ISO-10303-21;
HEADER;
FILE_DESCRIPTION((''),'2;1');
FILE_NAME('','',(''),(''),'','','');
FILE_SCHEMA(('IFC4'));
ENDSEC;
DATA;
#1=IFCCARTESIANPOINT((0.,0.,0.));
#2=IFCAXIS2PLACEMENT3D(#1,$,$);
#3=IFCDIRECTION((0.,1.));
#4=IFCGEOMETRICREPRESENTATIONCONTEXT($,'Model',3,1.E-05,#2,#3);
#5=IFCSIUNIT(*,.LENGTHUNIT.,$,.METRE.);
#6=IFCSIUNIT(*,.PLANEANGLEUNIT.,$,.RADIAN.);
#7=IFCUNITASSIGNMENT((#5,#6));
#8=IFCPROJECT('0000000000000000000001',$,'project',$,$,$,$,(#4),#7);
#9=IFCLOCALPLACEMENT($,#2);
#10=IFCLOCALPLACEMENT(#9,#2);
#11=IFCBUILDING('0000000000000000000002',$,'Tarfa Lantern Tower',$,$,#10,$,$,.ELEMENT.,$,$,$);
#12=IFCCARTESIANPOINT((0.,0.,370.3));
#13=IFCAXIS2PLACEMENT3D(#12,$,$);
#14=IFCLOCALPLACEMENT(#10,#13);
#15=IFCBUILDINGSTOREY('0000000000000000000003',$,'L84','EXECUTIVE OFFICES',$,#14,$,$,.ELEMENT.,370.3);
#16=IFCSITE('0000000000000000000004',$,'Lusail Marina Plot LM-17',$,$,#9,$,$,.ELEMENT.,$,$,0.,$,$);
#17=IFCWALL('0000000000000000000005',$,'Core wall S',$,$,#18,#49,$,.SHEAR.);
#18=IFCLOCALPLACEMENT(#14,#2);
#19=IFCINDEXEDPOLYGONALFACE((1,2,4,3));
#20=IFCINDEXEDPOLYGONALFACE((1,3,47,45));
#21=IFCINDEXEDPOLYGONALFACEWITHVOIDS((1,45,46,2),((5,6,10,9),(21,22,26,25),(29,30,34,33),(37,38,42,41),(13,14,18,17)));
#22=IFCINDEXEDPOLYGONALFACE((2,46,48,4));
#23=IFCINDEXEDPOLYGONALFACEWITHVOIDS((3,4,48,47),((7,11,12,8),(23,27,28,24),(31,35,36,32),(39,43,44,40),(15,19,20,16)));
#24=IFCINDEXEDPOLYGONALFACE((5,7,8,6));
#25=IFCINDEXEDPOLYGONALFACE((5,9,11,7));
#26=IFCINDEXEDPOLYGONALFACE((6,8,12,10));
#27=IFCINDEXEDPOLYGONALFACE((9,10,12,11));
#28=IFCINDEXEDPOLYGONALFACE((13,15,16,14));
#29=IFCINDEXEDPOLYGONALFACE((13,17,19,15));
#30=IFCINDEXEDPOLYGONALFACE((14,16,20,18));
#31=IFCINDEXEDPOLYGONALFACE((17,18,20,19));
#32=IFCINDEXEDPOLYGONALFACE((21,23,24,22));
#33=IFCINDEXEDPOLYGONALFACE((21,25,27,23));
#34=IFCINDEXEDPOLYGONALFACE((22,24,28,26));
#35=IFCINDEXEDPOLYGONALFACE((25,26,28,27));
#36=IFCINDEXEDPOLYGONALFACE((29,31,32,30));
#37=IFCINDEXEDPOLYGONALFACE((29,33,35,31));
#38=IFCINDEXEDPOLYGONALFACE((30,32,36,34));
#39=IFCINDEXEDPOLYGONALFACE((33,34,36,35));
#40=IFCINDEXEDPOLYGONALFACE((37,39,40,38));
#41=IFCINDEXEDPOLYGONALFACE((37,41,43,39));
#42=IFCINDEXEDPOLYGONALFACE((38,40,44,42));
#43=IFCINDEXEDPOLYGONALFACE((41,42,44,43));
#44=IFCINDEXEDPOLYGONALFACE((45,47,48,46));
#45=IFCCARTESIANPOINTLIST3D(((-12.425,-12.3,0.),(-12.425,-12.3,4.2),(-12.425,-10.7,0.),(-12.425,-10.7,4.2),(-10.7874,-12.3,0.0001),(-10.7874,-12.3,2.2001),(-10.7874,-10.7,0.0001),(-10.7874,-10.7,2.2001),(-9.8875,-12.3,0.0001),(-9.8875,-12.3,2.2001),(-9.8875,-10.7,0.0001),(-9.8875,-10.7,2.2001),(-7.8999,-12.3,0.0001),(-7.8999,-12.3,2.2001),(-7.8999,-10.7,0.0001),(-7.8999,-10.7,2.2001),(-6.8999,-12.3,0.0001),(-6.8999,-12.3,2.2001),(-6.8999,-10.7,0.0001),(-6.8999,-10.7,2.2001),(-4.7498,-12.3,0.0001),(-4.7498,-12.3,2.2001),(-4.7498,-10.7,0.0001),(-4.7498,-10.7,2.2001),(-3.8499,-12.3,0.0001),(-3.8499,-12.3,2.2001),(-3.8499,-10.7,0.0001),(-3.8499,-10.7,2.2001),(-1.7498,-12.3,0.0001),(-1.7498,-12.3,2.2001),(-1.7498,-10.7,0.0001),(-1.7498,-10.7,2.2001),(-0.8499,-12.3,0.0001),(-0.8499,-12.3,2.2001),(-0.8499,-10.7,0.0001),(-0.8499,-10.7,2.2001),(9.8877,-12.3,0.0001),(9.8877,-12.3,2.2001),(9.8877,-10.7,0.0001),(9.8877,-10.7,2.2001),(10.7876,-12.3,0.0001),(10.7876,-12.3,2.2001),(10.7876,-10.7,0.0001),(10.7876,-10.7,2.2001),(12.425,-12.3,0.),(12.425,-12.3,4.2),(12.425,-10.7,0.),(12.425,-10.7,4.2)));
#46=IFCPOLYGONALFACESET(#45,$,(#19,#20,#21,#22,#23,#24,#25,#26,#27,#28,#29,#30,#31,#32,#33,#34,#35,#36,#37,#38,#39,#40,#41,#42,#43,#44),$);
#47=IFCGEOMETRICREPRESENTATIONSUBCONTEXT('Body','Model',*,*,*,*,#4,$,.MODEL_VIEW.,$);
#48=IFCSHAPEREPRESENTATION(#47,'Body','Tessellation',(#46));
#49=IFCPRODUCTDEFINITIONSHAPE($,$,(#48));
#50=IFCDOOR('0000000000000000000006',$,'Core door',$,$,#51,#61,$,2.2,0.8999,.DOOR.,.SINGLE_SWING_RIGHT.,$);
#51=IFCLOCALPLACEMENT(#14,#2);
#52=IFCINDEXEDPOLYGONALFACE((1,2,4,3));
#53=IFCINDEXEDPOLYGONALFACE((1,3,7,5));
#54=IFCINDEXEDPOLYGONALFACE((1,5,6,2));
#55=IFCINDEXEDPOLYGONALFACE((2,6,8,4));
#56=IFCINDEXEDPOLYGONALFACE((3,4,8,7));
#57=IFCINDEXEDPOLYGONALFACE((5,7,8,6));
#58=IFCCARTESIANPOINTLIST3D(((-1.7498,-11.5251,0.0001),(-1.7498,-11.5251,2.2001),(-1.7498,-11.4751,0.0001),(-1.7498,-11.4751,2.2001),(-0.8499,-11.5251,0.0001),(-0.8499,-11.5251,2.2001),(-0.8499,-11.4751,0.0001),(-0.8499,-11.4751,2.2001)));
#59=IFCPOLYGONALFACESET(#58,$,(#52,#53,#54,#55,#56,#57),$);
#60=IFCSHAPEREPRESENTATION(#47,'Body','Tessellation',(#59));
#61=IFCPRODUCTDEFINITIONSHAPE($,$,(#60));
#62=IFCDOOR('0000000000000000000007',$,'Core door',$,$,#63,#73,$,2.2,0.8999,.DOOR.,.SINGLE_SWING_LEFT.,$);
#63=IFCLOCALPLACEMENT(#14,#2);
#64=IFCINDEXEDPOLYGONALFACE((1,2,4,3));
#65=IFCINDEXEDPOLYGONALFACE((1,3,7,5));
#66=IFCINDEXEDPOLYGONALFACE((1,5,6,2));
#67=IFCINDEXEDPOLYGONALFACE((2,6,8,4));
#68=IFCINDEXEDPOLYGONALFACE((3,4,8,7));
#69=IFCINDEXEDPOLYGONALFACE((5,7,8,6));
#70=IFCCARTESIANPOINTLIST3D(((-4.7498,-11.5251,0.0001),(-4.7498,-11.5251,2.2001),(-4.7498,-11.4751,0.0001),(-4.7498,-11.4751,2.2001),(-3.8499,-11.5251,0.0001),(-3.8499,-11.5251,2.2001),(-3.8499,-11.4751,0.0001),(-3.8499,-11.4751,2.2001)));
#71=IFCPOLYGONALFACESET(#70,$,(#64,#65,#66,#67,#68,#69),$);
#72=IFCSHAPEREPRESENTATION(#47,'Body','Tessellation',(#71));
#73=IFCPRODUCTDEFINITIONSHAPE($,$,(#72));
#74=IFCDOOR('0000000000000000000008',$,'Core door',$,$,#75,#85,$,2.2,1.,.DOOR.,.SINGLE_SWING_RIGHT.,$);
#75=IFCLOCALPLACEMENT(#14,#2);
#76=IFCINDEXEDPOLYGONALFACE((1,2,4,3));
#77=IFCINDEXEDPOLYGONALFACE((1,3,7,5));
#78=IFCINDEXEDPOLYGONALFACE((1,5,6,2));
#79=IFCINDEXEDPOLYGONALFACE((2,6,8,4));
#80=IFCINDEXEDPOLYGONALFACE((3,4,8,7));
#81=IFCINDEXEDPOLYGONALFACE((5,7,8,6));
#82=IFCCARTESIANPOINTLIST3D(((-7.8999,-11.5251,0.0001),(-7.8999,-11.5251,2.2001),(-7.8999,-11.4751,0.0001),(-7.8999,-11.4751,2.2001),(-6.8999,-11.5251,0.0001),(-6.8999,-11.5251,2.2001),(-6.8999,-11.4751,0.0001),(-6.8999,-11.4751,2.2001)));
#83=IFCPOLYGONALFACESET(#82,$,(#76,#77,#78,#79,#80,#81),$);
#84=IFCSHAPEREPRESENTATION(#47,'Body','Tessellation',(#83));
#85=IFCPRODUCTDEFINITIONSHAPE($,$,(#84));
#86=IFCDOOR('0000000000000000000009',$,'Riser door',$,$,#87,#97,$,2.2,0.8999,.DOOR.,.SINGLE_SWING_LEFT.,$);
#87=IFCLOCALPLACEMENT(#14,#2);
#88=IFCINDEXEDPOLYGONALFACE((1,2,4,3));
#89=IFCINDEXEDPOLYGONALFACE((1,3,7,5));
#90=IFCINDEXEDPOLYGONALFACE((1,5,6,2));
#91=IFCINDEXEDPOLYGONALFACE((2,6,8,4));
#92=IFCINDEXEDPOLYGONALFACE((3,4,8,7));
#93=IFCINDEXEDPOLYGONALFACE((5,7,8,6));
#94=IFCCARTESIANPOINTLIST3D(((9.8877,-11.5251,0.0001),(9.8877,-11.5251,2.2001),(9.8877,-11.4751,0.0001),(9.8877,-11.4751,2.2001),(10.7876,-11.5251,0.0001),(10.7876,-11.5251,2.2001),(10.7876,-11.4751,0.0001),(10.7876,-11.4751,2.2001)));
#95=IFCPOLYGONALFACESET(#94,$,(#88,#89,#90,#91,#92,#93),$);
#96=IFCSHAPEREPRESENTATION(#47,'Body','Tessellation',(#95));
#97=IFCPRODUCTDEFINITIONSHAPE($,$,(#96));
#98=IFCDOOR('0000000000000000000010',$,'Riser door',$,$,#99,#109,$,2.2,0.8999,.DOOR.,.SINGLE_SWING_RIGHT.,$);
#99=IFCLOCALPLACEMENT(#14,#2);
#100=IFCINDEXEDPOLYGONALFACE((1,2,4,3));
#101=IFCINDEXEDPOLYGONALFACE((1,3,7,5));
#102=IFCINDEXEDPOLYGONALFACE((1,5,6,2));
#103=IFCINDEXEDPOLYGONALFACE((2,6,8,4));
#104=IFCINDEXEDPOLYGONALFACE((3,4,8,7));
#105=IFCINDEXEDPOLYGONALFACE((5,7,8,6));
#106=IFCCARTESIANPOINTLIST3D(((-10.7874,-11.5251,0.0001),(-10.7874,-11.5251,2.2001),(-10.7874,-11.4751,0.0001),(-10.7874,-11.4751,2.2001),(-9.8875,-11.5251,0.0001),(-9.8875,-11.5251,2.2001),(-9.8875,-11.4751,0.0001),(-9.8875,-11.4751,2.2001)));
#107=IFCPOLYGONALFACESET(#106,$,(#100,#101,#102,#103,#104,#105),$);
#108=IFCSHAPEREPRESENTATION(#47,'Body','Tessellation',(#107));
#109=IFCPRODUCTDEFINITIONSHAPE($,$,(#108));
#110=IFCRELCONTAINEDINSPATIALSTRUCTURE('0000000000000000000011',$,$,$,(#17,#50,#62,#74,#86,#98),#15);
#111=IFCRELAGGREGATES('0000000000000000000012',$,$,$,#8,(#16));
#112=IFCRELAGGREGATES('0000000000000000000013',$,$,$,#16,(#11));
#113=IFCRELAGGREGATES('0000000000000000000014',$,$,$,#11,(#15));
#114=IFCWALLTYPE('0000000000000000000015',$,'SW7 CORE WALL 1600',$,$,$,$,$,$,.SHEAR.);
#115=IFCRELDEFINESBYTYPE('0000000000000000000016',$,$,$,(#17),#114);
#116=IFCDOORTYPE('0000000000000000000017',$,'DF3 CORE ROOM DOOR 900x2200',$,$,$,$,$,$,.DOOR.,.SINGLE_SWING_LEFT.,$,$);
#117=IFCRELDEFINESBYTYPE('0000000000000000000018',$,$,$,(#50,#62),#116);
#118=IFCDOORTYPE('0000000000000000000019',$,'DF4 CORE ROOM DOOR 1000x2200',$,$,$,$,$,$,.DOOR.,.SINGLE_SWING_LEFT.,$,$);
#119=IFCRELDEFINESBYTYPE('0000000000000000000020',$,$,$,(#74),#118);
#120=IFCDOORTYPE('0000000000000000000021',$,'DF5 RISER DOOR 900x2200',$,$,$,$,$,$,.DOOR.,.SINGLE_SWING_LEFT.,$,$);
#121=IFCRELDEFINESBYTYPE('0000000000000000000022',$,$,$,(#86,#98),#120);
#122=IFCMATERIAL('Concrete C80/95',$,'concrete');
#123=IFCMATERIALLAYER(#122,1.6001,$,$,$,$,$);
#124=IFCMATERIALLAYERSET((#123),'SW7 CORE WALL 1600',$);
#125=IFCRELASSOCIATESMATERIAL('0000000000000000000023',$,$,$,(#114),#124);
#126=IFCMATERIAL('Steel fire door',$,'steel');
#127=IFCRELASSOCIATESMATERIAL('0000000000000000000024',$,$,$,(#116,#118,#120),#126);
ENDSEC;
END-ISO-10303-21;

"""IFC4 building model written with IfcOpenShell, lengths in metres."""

from ifc_helpers import new_model, si_unit, direction, frame, frame_2d, origin, place, context, subcontext, project, spatial, rectangle, extrude, material, layer, layer_set, type_object, element, fill, save


model = new_model("IFC4")

# Units and contexts
model_context = context("Model", 3, precision=1e-05, world=origin(), true_north=direction((0.0, 1.0)))
body_context = subcontext(model_context, "Body", "Model", "MODEL_VIEW")
ifc_project = project(units=[si_unit("LENGTHUNIT", "METRE"), si_unit("PLANEANGLEUNIT", "RADIAN")], contexts=[model_context])

# Site, building, storey
site_placement = place(None, origin())
site = spatial("IfcSite", under=ifc_project, at=site_placement, Name="Lusail Marina Plot LM-17", CompositionType="ELEMENT", RefElevation=0.0)
building_placement = place(site_placement, origin())
building = spatial("IfcBuilding", under=site, at=building_placement, Name="Tarfa Lantern Tower", CompositionType="ELEMENT")
storey_placement = place(building_placement, frame((0.0, 0.0, 370.3)))
storey = spatial("IfcBuildingStorey", under=building, at=storey_placement, Name="L84", Description="EXECUTIVE OFFICES", CompositionType="ELEMENT", Elevation=370.3)

# Shared definitions
ifc_material_1 = material(Name="Concrete C80/95", Category="concrete")

# Shared definitions
ifc_material_2 = material(Name="Steel fire door", Category="steel")

# Wall, openings, doors
ifc_layer_1 = layer(ifc_material_1, 1.6001)
ifc_layer_set_1 = layer_set([ifc_layer_1], Name="SW7 CORE WALL 1600")
wall_type_1 = type_object("IfcWallType", Name="SW7 CORE WALL 1600", PredefinedType="SHEAR", material=ifc_layer_set_1)
wall_1_placement = place(storey_placement, frame((12.425, -11.5, 0.0), z_axis=(0.0, 0.0, 1.0), x_axis=(-1.0, 0.0, 0.0)))
wall_1 = element("IfcWall", 1, at=wall_1_placement, inside=storey, type_object=wall_type_1, Name="Core wall S", PredefinedType="SHEAR", context=body_context, shape_type="SweptSolid", body=[
    extrude(rectangle(XDim=24.8501, YDim=1.6001, at=frame_2d((12.425, 0.0))), origin(), (0.0, 0.0, 1.0), 4.2),
])
opening_1_placement = place(wall_1_placement, frame((13.2749, 0.0, 0.0)))
opening_1 = element("IfcOpeningElement", 2, at=opening_1_placement, cuts=wall_1, PredefinedType="OPENING", context=body_context, shape_type="SweptSolid", body=[
    extrude(rectangle(XDim=0.8999, YDim=2.2, at=frame_2d((0.45, 1.1001))), frame((0.0, 0.8101, 0.0), z_axis=(0.0, -1.0, 0.0), x_axis=(1.0, 0.0, 0.0)), (0.0, 0.0, 1.0), 1.6201),
])
opening_2_placement = place(wall_1_placement, frame((16.2749, 0.0, 0.0)))
opening_2 = element("IfcOpeningElement", 3, at=opening_2_placement, cuts=wall_1, PredefinedType="OPENING", context=body_context, shape_type="SweptSolid", body=[
    extrude(rectangle(XDim=0.8999, YDim=2.2, at=frame_2d((0.45, 1.1001))), frame((0.0, 0.8101, 0.0), z_axis=(0.0, -1.0, 0.0), x_axis=(1.0, 0.0, 0.0)), (0.0, 0.0, 1.0), 1.6201),
])
opening_3_placement = place(wall_1_placement, frame((19.325, 0.0, 0.0)))
opening_3 = element("IfcOpeningElement", 4, at=opening_3_placement, cuts=wall_1, PredefinedType="OPENING", context=body_context, shape_type="SweptSolid", body=[
    extrude(rectangle(XDim=1.0, YDim=2.2, at=frame_2d((0.5, 1.1001))), frame((0.0, 0.8101, 0.0), z_axis=(0.0, -1.0, 0.0), x_axis=(1.0, 0.0, 0.0)), (0.0, 0.0, 1.0), 1.6201),
])
opening_4_placement = place(wall_1_placement, frame((1.6375, 0.0, 0.0)))
opening_4 = element("IfcOpeningElement", 5, at=opening_4_placement, cuts=wall_1, PredefinedType="OPENING", context=body_context, shape_type="SweptSolid", body=[
    extrude(rectangle(XDim=0.8999, YDim=2.2, at=frame_2d((0.45, 1.1001))), frame((0.0, 0.8101, 0.0), z_axis=(0.0, -1.0, 0.0), x_axis=(1.0, 0.0, 0.0)), (0.0, 0.0, 1.0), 1.6201),
])
opening_5_placement = place(wall_1_placement, frame((22.3125, 0.0, 0.0)))
opening_5 = element("IfcOpeningElement", 6, at=opening_5_placement, cuts=wall_1, PredefinedType="OPENING", context=body_context, shape_type="SweptSolid", body=[
    extrude(rectangle(XDim=0.8999, YDim=2.2, at=frame_2d((0.45, 1.1001))), frame((0.0, 0.8101, 0.0), z_axis=(0.0, -1.0, 0.0), x_axis=(1.0, 0.0, 0.0)), (0.0, 0.0, 1.0), 1.6201),
])
door_type_1 = type_object("IfcDoorType", Name="DF3 CORE ROOM DOOR 900x2200", OperationType="SINGLE_SWING_LEFT", PredefinedType="DOOR", material=ifc_material_2)
door_1_placement = place(opening_1_placement, frame((0.8999, 0.0, 0.0), z_axis=(0.0, 0.0, 1.0), x_axis=(-1.0, 0.0, 0.0)))
door_1 = element("IfcDoor", 7, at=door_1_placement, inside=storey, type_object=door_type_1, Name="Core door", OperationType="SINGLE_SWING_RIGHT", OverallHeight=2.2, OverallWidth=0.8999, PredefinedType="DOOR", context=body_context, shape_type="SweptSolid", body=[
    extrude(rectangle(XDim=0.8999, YDim=2.2, at=frame_2d((0.45, 1.1001))), frame((0.0, 0.0249, 0.0), z_axis=(0.0, -1.0, 0.0), x_axis=(1.0, 0.0, 0.0)), (0.0, 0.0, 1.0), 0.05),
])
fill(opening_1, door_1)
door_2_placement = place(opening_2_placement, frame((0.8999, 0.0, 0.0), z_axis=(0.0, 0.0, 1.0), x_axis=(-1.0, 0.0, 0.0)))
door_2 = element("IfcDoor", 8, at=door_2_placement, inside=storey, type_object=door_type_1, Name="Core door", OperationType="SINGLE_SWING_LEFT", OverallHeight=2.2, OverallWidth=0.8999, PredefinedType="DOOR", context=body_context, shape_type="SweptSolid", body=[
    extrude(rectangle(XDim=0.8999, YDim=2.2, at=frame_2d((0.45, 1.1001))), frame((0.0, 0.0249, 0.0), z_axis=(0.0, -1.0, 0.0), x_axis=(1.0, 0.0, 0.0)), (0.0, 0.0, 1.0), 0.05),
])
fill(opening_2, door_2)
door_type_2 = type_object("IfcDoorType", Name="DF4 CORE ROOM DOOR 1000x2200", OperationType="SINGLE_SWING_LEFT", PredefinedType="DOOR", material=ifc_material_2)
door_3_placement = place(opening_3_placement, frame((1.0, 0.0, 0.0), z_axis=(0.0, 0.0, 1.0), x_axis=(-1.0, 0.0, 0.0)))
door_3 = element("IfcDoor", 9, at=door_3_placement, inside=storey, type_object=door_type_2, Name="Core door", OperationType="SINGLE_SWING_RIGHT", OverallHeight=2.2, OverallWidth=1.0, PredefinedType="DOOR", context=body_context, shape_type="SweptSolid", body=[
    extrude(rectangle(XDim=1.0, YDim=2.2, at=frame_2d((0.5, 1.1001))), frame((0.0, 0.0249, 0.0), z_axis=(0.0, -1.0, 0.0), x_axis=(1.0, 0.0, 0.0)), (0.0, 0.0, 1.0), 0.05),
])
fill(opening_3, door_3)
door_type_3 = type_object("IfcDoorType", Name="DF5 RISER DOOR 900x2200", OperationType="SINGLE_SWING_LEFT", PredefinedType="DOOR", material=ifc_material_2)
door_4_placement = place(opening_4_placement, frame((0.8999, 0.0, 0.0), z_axis=(0.0, 0.0, 1.0), x_axis=(-1.0, 0.0, 0.0)))
door_4 = element("IfcDoor", 10, at=door_4_placement, inside=storey, type_object=door_type_3, Name="Riser door", OperationType="SINGLE_SWING_LEFT", OverallHeight=2.2, OverallWidth=0.8999, PredefinedType="DOOR", context=body_context, shape_type="SweptSolid", body=[
    extrude(rectangle(XDim=0.8999, YDim=2.2, at=frame_2d((0.45, 1.1001))), frame((0.0, 0.0249, 0.0), z_axis=(0.0, -1.0, 0.0), x_axis=(1.0, 0.0, 0.0)), (0.0, 0.0, 1.0), 0.05),
])
fill(opening_4, door_4)
door_5_placement = place(opening_5_placement, frame((0.8999, 0.0, 0.0), z_axis=(0.0, 0.0, 1.0), x_axis=(-1.0, 0.0, 0.0)))
door_5 = element("IfcDoor", 11, at=door_5_placement, inside=storey, type_object=door_type_3, Name="Riser door", OperationType="SINGLE_SWING_RIGHT", OverallHeight=2.2, OverallWidth=0.8999, PredefinedType="DOOR", context=body_context, shape_type="SweptSolid", body=[
    extrude(rectangle(XDim=0.8999, YDim=2.2, at=frame_2d((0.45, 1.1001))), frame((0.0, 0.0249, 0.0), z_axis=(0.0, -1.0, 0.0), x_axis=(1.0, 0.0, 0.0)), (0.0, 0.0, 1.0), 0.05),
])
fill(opening_5, door_5)

save(model, "model.ifc")
